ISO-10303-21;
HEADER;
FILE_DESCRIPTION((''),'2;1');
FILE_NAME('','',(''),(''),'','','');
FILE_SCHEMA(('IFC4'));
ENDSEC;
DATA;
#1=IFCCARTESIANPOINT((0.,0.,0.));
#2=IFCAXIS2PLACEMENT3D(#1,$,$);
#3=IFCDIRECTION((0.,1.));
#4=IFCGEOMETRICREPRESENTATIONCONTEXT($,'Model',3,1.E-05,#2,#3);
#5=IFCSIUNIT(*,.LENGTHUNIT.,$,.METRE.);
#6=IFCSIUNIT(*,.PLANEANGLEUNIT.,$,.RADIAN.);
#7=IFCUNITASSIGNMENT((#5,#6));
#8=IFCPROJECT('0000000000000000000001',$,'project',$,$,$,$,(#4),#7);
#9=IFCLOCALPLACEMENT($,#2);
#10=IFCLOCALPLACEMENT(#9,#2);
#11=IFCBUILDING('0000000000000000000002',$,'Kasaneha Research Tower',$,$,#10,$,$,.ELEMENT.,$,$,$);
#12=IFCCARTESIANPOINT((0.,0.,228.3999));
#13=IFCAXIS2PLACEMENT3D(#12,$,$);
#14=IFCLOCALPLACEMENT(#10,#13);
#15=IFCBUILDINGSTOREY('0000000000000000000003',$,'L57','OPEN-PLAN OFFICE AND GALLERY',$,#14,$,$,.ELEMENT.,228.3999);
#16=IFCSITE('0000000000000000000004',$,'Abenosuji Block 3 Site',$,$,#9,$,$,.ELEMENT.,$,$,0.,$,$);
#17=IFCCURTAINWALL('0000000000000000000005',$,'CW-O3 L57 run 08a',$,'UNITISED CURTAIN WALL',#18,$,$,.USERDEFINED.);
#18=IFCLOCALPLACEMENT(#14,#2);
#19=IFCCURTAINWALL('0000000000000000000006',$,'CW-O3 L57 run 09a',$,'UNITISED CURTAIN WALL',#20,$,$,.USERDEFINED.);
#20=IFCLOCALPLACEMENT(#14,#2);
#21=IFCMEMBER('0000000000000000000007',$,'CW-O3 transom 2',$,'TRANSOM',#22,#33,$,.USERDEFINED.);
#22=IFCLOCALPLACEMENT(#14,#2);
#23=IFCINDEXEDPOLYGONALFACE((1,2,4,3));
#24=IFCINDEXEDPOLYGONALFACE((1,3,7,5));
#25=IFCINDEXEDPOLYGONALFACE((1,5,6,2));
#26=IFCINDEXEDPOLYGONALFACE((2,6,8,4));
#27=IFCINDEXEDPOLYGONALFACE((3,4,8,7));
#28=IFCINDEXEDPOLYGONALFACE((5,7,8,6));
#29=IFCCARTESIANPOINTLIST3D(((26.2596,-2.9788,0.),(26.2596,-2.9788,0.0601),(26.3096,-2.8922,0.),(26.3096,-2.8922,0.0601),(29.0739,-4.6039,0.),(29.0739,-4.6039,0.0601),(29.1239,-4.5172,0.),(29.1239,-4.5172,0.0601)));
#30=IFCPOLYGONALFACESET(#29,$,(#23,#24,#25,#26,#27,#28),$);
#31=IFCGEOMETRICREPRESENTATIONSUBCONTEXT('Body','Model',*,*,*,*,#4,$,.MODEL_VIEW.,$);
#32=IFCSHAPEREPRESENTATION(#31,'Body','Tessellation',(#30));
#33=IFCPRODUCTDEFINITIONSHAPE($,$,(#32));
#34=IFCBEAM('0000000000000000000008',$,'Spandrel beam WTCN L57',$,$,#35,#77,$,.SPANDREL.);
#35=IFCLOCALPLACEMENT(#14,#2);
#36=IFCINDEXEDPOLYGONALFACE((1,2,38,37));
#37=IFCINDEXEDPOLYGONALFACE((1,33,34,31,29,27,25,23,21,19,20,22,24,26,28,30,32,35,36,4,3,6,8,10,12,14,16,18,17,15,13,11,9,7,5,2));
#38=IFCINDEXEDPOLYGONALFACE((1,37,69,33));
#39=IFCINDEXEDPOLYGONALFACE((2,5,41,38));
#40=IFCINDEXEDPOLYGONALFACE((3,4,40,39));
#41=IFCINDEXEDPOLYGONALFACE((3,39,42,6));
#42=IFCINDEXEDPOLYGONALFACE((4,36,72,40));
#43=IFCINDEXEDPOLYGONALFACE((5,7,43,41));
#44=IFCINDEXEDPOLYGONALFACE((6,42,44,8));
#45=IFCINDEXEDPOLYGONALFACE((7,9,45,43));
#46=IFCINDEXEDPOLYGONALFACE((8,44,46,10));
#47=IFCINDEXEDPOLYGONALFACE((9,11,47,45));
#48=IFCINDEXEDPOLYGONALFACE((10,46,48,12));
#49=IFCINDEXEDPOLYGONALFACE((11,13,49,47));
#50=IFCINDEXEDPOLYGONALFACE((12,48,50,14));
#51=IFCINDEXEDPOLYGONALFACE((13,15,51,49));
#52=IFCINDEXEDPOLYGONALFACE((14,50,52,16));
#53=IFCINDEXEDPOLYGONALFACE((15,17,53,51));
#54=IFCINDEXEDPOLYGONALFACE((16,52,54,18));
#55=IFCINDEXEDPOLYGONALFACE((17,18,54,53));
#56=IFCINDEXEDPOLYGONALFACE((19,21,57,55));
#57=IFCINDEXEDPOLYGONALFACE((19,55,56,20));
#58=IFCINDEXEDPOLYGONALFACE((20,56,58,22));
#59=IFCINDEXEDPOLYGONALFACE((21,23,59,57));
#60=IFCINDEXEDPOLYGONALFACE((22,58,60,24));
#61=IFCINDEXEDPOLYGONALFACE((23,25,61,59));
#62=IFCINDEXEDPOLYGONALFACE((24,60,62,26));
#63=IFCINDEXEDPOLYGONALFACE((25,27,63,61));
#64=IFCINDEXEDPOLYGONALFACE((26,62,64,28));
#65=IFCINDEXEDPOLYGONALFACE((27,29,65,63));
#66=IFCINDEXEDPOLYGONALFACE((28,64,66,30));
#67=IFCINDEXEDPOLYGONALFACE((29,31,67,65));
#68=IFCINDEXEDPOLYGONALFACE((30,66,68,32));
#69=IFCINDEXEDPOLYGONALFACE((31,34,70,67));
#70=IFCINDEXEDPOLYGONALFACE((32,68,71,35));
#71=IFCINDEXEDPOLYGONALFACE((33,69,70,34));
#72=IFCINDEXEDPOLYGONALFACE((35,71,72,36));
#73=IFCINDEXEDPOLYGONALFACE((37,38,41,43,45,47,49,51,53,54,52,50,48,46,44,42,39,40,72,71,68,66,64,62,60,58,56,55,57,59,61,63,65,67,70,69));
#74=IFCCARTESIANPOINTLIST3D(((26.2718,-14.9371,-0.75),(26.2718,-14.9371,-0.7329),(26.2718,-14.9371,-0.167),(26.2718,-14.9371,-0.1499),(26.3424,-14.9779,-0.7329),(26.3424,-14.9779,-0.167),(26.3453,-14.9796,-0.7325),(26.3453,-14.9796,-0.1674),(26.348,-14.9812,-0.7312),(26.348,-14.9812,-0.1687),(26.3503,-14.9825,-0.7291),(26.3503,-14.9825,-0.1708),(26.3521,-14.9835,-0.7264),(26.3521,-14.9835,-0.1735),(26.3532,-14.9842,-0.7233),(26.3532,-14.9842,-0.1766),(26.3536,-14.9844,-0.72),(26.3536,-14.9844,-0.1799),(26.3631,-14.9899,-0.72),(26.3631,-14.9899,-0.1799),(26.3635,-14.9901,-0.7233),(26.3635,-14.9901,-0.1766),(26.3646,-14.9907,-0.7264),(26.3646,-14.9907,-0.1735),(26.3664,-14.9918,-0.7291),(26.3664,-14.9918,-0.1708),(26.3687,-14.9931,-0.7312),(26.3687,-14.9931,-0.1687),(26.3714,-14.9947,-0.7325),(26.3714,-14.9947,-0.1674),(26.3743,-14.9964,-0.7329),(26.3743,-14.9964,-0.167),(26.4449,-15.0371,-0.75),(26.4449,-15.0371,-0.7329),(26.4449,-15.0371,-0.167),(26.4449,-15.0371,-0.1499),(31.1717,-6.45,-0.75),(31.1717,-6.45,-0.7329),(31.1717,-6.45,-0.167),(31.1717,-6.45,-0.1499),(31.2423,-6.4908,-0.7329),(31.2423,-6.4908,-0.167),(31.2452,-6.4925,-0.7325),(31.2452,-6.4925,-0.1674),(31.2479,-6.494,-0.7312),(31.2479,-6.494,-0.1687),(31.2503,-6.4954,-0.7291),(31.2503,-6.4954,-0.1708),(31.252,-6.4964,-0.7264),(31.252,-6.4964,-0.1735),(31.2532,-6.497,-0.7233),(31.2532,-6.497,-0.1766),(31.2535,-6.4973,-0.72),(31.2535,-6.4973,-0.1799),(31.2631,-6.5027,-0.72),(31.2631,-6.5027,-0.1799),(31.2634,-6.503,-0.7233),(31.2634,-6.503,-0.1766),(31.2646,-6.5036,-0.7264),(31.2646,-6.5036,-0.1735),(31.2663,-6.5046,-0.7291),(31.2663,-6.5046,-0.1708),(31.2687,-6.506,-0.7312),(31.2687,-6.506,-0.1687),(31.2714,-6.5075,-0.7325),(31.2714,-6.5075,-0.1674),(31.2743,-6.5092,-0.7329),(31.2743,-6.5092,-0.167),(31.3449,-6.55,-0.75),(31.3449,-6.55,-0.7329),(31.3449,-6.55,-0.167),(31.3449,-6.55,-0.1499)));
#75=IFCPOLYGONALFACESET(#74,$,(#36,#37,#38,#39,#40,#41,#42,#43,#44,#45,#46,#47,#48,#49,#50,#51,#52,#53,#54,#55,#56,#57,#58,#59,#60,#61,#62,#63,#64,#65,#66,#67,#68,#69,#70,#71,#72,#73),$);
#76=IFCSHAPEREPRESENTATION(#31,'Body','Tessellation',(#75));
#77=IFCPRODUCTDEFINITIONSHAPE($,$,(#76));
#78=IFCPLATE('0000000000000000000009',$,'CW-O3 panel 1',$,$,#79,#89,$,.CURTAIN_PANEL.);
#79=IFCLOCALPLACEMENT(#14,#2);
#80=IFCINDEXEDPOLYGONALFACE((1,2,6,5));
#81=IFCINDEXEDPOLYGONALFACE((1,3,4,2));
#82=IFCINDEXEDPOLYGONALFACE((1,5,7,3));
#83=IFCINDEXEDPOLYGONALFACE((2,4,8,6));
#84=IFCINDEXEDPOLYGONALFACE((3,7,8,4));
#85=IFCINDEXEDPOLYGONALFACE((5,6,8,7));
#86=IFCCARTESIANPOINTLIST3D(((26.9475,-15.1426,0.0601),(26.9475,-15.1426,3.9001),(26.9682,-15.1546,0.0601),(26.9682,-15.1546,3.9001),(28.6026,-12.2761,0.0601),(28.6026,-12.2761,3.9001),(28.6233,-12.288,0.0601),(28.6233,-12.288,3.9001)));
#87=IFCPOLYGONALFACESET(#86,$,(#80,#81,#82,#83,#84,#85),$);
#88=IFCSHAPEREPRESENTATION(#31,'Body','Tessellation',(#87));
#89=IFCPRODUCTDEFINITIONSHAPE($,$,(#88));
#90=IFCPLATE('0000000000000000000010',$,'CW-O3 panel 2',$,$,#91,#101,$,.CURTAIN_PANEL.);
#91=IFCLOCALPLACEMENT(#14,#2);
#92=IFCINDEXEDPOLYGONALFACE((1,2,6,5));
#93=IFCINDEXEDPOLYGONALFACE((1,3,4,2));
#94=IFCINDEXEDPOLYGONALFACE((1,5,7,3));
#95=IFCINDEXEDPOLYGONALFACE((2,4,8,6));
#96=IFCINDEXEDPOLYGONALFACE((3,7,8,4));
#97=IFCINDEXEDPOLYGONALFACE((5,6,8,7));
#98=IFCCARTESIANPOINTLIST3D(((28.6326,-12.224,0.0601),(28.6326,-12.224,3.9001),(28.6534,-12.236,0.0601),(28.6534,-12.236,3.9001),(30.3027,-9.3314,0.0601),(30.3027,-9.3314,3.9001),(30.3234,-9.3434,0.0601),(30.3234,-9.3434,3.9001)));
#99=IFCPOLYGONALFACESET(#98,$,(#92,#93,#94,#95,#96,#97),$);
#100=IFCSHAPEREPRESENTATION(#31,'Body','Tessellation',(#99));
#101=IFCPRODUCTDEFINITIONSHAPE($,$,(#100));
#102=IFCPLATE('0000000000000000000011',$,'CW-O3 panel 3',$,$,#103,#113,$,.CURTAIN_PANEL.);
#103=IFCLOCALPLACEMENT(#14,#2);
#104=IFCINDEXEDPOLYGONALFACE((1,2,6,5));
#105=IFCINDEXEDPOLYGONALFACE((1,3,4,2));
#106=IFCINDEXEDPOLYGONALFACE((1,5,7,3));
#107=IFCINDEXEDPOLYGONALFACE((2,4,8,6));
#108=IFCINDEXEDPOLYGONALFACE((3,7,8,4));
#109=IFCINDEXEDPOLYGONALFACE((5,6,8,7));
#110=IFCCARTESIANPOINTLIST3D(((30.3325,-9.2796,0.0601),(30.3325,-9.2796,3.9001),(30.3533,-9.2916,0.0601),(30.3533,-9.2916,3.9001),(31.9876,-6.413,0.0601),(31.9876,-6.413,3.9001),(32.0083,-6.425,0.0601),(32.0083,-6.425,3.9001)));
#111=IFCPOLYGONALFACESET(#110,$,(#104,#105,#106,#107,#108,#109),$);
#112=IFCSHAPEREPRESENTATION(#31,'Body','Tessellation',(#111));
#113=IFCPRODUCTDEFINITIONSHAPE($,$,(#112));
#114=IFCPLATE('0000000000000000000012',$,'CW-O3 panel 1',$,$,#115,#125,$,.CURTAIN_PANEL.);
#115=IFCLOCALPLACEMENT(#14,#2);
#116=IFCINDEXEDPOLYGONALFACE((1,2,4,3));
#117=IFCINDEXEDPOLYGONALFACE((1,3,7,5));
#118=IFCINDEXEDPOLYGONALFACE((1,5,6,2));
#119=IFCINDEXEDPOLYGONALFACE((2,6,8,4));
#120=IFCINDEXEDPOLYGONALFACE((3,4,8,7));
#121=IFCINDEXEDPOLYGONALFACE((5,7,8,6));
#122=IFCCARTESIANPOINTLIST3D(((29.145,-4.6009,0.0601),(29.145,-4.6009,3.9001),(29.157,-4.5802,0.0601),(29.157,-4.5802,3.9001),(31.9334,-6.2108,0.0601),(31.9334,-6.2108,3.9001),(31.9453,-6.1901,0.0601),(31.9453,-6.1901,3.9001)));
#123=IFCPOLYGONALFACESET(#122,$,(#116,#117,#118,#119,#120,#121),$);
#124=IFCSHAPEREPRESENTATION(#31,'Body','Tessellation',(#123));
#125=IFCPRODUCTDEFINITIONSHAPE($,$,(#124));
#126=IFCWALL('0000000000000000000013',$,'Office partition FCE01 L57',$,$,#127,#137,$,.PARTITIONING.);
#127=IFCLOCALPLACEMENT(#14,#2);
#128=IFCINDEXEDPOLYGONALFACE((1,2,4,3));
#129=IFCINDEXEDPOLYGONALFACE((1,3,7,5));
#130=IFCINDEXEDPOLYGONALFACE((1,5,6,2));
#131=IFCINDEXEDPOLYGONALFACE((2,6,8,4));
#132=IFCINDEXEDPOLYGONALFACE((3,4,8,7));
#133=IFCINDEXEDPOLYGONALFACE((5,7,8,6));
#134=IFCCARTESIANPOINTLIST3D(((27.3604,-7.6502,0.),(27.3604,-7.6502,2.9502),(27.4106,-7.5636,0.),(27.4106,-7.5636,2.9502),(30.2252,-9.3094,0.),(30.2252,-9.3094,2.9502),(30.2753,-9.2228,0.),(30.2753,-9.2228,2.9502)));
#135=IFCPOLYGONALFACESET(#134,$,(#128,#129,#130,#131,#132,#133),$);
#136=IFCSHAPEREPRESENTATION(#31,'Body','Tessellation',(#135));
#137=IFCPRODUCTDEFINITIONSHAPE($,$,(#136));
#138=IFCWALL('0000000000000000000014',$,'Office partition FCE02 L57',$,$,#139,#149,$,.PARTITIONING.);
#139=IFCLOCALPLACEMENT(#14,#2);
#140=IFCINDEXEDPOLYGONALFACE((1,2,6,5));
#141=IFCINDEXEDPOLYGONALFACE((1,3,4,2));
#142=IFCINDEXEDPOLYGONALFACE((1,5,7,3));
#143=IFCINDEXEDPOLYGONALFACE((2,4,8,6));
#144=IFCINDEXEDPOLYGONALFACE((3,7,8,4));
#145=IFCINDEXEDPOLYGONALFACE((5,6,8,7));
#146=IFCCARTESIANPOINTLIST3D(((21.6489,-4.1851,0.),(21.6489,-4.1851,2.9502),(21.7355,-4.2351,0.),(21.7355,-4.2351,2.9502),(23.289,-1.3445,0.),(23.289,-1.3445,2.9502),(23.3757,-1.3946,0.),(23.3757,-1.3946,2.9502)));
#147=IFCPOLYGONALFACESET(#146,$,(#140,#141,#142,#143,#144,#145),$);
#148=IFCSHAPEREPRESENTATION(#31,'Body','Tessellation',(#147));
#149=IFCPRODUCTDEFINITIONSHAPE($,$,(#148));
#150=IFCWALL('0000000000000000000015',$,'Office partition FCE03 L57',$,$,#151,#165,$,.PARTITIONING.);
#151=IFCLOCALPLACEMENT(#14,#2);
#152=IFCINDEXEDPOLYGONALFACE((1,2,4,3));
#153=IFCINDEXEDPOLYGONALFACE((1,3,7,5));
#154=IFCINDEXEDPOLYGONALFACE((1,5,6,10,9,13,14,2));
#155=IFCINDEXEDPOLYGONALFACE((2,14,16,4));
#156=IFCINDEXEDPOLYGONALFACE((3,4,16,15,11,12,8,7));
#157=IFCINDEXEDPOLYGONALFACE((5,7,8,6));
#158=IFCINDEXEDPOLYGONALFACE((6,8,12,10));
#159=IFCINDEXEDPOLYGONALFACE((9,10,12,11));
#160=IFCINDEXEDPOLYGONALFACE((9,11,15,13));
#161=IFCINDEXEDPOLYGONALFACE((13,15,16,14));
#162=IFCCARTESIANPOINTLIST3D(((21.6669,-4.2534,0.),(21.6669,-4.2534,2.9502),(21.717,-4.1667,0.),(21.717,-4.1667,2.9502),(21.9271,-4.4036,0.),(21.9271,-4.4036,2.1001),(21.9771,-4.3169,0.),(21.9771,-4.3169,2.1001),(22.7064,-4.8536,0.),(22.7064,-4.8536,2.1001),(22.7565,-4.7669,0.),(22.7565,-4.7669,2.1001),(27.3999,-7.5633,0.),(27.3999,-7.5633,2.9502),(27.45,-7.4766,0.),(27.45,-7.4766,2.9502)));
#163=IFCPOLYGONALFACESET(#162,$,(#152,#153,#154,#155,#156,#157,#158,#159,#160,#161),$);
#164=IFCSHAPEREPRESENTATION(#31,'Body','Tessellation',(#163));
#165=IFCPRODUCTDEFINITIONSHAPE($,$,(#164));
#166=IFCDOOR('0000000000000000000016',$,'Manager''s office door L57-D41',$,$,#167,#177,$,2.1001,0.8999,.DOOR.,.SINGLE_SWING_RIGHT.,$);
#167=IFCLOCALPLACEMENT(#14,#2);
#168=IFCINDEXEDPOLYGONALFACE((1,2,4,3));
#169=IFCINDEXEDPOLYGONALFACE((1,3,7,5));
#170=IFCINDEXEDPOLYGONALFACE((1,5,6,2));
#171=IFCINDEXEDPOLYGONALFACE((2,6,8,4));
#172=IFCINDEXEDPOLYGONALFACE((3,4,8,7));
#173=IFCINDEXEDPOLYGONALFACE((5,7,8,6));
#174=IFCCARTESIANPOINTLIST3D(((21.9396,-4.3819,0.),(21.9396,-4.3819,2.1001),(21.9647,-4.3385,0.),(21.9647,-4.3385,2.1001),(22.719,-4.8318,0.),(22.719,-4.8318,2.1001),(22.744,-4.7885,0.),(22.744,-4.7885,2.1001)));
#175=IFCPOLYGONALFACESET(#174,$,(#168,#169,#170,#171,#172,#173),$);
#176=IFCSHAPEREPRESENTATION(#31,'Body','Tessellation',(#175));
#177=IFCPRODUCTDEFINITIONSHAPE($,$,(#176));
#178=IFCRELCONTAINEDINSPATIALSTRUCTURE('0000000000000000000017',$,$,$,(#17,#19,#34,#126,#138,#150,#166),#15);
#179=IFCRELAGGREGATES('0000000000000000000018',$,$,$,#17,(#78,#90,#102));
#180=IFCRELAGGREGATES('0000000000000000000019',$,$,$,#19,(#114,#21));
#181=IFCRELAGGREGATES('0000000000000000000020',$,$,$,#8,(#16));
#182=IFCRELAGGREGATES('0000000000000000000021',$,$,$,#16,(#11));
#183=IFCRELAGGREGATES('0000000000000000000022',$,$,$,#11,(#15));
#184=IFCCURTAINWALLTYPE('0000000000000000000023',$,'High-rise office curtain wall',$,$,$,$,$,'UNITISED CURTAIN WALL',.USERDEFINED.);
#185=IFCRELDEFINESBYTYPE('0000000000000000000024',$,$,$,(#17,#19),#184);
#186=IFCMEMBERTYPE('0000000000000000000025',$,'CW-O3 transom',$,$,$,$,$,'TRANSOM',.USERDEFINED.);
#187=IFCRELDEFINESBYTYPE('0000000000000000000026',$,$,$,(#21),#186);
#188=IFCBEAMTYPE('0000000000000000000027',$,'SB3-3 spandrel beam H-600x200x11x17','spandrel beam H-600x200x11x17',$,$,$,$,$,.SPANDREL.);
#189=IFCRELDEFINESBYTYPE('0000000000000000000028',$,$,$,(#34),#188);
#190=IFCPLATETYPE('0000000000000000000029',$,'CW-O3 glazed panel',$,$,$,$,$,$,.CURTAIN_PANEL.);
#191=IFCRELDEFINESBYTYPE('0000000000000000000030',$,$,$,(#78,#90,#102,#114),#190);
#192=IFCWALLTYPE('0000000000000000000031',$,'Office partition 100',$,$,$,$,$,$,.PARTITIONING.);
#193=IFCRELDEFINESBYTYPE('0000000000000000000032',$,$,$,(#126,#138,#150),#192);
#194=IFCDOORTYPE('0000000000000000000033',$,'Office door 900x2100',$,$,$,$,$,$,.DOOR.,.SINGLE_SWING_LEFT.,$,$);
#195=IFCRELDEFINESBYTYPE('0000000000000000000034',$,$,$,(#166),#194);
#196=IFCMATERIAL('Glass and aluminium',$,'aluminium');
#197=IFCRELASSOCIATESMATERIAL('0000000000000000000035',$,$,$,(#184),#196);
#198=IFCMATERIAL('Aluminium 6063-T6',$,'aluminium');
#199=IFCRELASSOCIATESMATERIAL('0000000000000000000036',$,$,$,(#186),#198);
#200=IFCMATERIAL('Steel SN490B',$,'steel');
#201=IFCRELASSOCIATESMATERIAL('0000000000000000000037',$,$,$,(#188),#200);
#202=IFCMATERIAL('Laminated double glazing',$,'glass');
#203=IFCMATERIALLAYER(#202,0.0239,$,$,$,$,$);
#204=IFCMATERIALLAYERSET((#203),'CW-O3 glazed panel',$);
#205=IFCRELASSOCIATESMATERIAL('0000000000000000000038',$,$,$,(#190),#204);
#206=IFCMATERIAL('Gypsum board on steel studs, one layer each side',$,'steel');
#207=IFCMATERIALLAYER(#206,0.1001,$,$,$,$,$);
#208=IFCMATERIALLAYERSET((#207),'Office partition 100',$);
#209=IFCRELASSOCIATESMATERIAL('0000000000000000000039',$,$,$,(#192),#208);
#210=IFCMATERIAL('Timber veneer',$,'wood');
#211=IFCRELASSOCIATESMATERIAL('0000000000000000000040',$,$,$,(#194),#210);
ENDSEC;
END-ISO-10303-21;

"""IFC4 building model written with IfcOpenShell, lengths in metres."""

from ifc_helpers import new_model, si_unit, direction, frame, frame_2d, origin, origin_2d, place, context, subcontext, project, spatial, rectangle, i_section, extrude, material, layer, layer_set, material_profile, profile_set, type_object, element, fill, aggregate, save


model = new_model("IFC4")

# Units and contexts
model_context = context("Model", 3, precision=1e-05, world=origin(), true_north=direction((0.0, 1.0)))
body_context = subcontext(model_context, "Body", "Model", "MODEL_VIEW")
ifc_project = project(units=[si_unit("LENGTHUNIT", "METRE"), si_unit("PLANEANGLEUNIT", "RADIAN")], contexts=[model_context])

# Site, building, storey
site_placement = place(None, origin())
site = spatial("IfcSite", under=ifc_project, at=site_placement, Name="Abenosuji Block 3 Site", CompositionType="ELEMENT", RefElevation=0.0)
building_placement = place(site_placement, origin())
building = spatial("IfcBuilding", under=site, at=building_placement, Name="Kasaneha Research Tower", CompositionType="ELEMENT")
storey_placement = place(building_placement, frame((0.0, 0.0, 228.3999)))
storey = spatial("IfcBuildingStorey", under=building, at=storey_placement, Name="L57", Description="OPEN-PLAN OFFICE AND GALLERY", CompositionType="ELEMENT", Elevation=228.3999)

# Curtain walls
ifc_material_1 = material(Name="Glass and aluminium", Category="aluminium")
curtain_wall_type = type_object("IfcCurtainWallType", Name="High-rise office curtain wall", ElementType="UNITISED CURTAIN WALL", PredefinedType="USERDEFINED", material=ifc_material_1)
curtain_wall_1_placement = place(storey_placement, origin())
curtain_wall_1 = element("IfcCurtainWall", 1, at=curtain_wall_1_placement, inside=storey, type_object=curtain_wall_type, Name="CW-O3 L57 run 08a", ObjectType="UNITISED CURTAIN WALL", PredefinedType="USERDEFINED")
curtain_wall_2_placement = place(storey_placement, origin())
curtain_wall_2 = element("IfcCurtainWall", 2, at=curtain_wall_2_placement, inside=storey, type_object=curtain_wall_type, Name="CW-O3 L57 run 09a", ObjectType="UNITISED CURTAIN WALL", PredefinedType="USERDEFINED")

# Member
ifc_material_2 = material(Name="Aluminium 6063-T6", Category="aluminium")
ifc_material_profile_1 = material_profile(ifc_material_2, rectangle(XDim=0.1001, YDim=0.0601, at=origin_2d()), Name="CW-O3 transom 100x60")
ifc_profile_set_1 = profile_set([ifc_material_profile_1], Name="Aluminium 6063-T6")
member_type_1 = type_object("IfcMemberType", Name="CW-O3 transom", ElementType="TRANSOM", PredefinedType="USERDEFINED", material=ifc_profile_set_1)
member_1_placement = place(storey_placement, frame((29.0989, -4.5605, 0.03), z_axis=(-0.865997, 0.50005, 0.0), x_axis=(-0.50005, -0.865997, 0.0)))
member_1 = element("IfcMember", 3, at=member_1_placement, type_object=member_type_1, Name="CW-O3 transom 2", ObjectType="TRANSOM", PredefinedType="USERDEFINED", context=body_context, shape_type="SweptSolid", body=[
    extrude(rectangle(XDim=0.1001, YDim=0.0601, at=origin_2d()), origin(), (0.0, 0.0, 1.0), 3.2498),
])

# Beam
ifc_material_3 = material(Name="Steel SN490B", Category="steel")
ifc_material_profile_2 = material_profile(ifc_material_3, i_section(OverallWidth=0.2, OverallDepth=0.6001, WebThickness=0.011, FlangeThickness=0.0171, FilletRadius=0.0129, at=origin_2d()), Name="H-600x200x11x17")
ifc_profile_set_2 = profile_set([ifc_material_profile_2], Name="Steel SN490B")
beam_type_1 = type_object("IfcBeamType", Name="SB3-3 spandrel beam H-600x200x11x17", Description="spandrel beam H-600x200x11x17", PredefinedType="SPANDREL", material=ifc_profile_set_2)
beam_1_placement = place(storey_placement, frame((31.2583, -6.5, -0.45), z_axis=(-0.499992, -0.86603, 0.0), x_axis=(0.86603, -0.499992, 0.0)))
element("IfcBeam", 4, at=beam_1_placement, inside=storey, type_object=beam_type_1, Name="Spandrel beam WTCN L57", PredefinedType="SPANDREL", context=body_context, shape_type="SweptSolid", body=[
    extrude(i_section(OverallWidth=0.2, OverallDepth=0.6001, WebThickness=0.011, FlangeThickness=0.0171, FilletRadius=0.0129, at=origin_2d()), origin(), (0.0, 0.0, 1.0), 9.8),
])

# Plates
ifc_material_4 = material(Name="Laminated double glazing", Category="glass")
ifc_layer_1 = layer(ifc_material_4, 0.0239)
ifc_layer_set_1 = layer_set([ifc_layer_1], Name="CW-O3 glazed panel")
plate_type = type_object("IfcPlateType", Name="CW-O3 glazed panel", PredefinedType="CURTAIN_PANEL", material=ifc_layer_set_1)
plate_1_placement = place(storey_placement, frame((27.7854, -13.7153, 0.0601), z_axis=(0.0, 0.0, 1.0), x_axis=(0.5, 0.866025, 0.0)))
plate_1 = element("IfcPlate", 5, at=plate_1_placement, type_object=plate_type, Name="CW-O3 panel 1", PredefinedType="CURTAIN_PANEL", context=body_context, shape_type="SweptSolid", body=[
    extrude(rectangle(XDim=3.3101, YDim=0.0239, at=origin_2d()), origin(), (0.0, 0.0, 1.0), 3.8401),
])
plate_2_placement = place(storey_placement, frame((29.478, -10.7837, 0.0601), z_axis=(0.0, 0.0, 1.0), x_axis=(0.5, 0.866025, 0.0)))
plate_2 = element("IfcPlate", 6, at=plate_2_placement, type_object=plate_type, Name="CW-O3 panel 2", PredefinedType="CURTAIN_PANEL", context=body_context, shape_type="SweptSolid", body=[
    extrude(rectangle(XDim=3.3401, YDim=0.0239, at=origin_2d()), origin(), (0.0, 0.0, 1.0), 3.8401),
])
plate_3_placement = place(storey_placement, frame((31.1704, -7.8523, 0.0601), z_axis=(0.0, 0.0, 1.0), x_axis=(0.5, 0.866025, 0.0)))
plate_3 = element("IfcPlate", 7, at=plate_3_placement, type_object=plate_type, Name="CW-O3 panel 3", PredefinedType="CURTAIN_PANEL", context=body_context, shape_type="SweptSolid", body=[
    extrude(rectangle(XDim=3.3101, YDim=0.0239, at=origin_2d()), origin(), (0.0, 0.0, 1.0), 3.8401),
])
aggregate(curtain_wall_1, [plate_1, plate_2, plate_3])
plate_4_placement = place(storey_placement, frame((30.5452, -5.3955, 0.0601), z_axis=(0.0, 0.0, 1.0), x_axis=(-0.866025, 0.5, 0.0)))
plate_4 = element("IfcPlate", 8, at=plate_4_placement, type_object=plate_type, Name="CW-O3 panel 1", PredefinedType="CURTAIN_PANEL", context=body_context, shape_type="SweptSolid", body=[
    extrude(rectangle(XDim=3.2197, YDim=0.0239, at=origin_2d()), origin(), (0.0, 0.0, 1.0), 3.8401),
])
aggregate(curtain_wall_2, [plate_4, member_1])

# Walls
ifc_material_5 = material(Name="Gypsum board on steel studs, one layer each side", Category="steel")
ifc_layer_2 = layer(ifc_material_5, 0.1001)
ifc_layer_set_2 = layer_set([ifc_layer_2], Name="Office partition 100")
wall_type = type_object("IfcWallType", Name="Office partition 100", PredefinedType="PARTITIONING", material=ifc_layer_set_2)
wall_1_placement = place(storey_placement, frame((30.2502, -9.2661, 0.0), z_axis=(0.0, 0.0, 1.0), x_axis=(-0.865342, 0.501182, 0.0)))
element("IfcWall", 9, at=wall_1_placement, inside=storey, type_object=wall_type, Name="Office partition FCE01 L57", PredefinedType="PARTITIONING", context=body_context, shape_type="SweptSolid", body=[
    extrude(rectangle(XDim=3.3105, YDim=0.1001, at=frame_2d((1.6553, 0.0))), origin(), (0.0, 0.0, 1.0), 2.9502),
])
wall_2_placement = place(storey_placement, frame((21.6921, -4.2102, 0.0), z_axis=(0.0, 0.0, 1.0), x_axis=(0.50003, 0.866008, 0.0)))
element("IfcWall", 10, at=wall_2_placement, inside=storey, type_object=wall_type, Name="Office partition FCE02 L57", PredefinedType="PARTITIONING", context=body_context, shape_type="SweptSolid", body=[
    extrude(rectangle(XDim=3.28, YDim=0.1001, at=frame_2d((1.6401, 0.0))), origin(), (0.0, 0.0, 1.0), 2.9502),
])

# Wall, opening, door
wall_3_placement = place(storey_placement, frame((27.425, -7.52, 0.0), z_axis=(0.0, 0.0, 1.0), x_axis=(-0.866031, 0.499991, 0.0)))
wall_3 = element("IfcWall", 11, at=wall_3_placement, inside=storey, type_object=wall_type, Name="Office partition FCE03 L57", PredefinedType="PARTITIONING", context=body_context, shape_type="SweptSolid", body=[
    extrude(rectangle(XDim=6.6199, YDim=0.1001, at=frame_2d((3.3101, 0.0))), origin(), (0.0, 0.0, 1.0), 2.9502),
])
opening_1_placement = place(wall_3_placement, frame((5.4197, 0.0, 0.0)))
opening_1 = element("IfcOpeningElement", 12, at=opening_1_placement, cuts=wall_3, PredefinedType="OPENING", context=body_context, shape_type="SweptSolid", body=[
    extrude(rectangle(XDim=0.8999, YDim=2.1001, at=frame_2d((0.45, 1.05))), frame((0.0, 0.0601, 0.0), z_axis=(0.0, -1.0, 0.0), x_axis=(1.0, 0.0, 0.0)), (0.0, 0.0, 1.0), 0.1201),
])
ifc_material_6 = material(Name="Timber veneer", Category="wood")
door_type = type_object("IfcDoorType", Name="Office door 900x2100", OperationType="SINGLE_SWING_LEFT", PredefinedType="DOOR", material=ifc_material_6)
door_1_placement = place(opening_1_placement, origin())
door_1 = element("IfcDoor", 13, at=door_1_placement, inside=storey, type_object=door_type, Name="Manager's office door L57-D41", OperationType="SINGLE_SWING_RIGHT", OverallHeight=2.1001, OverallWidth=0.8999, PredefinedType="DOOR", context=body_context, shape_type="SweptSolid", body=[
    extrude(rectangle(XDim=0.8999, YDim=2.1001, at=frame_2d((0.45, 1.05))), frame((0.0, 0.0249, 0.0), z_axis=(0.0, -1.0, 0.0), x_axis=(1.0, 0.0, 0.0)), (0.0, 0.0, 1.0), 0.05),
])
fill(opening_1, door_1)

save(model, "model.ifc")
